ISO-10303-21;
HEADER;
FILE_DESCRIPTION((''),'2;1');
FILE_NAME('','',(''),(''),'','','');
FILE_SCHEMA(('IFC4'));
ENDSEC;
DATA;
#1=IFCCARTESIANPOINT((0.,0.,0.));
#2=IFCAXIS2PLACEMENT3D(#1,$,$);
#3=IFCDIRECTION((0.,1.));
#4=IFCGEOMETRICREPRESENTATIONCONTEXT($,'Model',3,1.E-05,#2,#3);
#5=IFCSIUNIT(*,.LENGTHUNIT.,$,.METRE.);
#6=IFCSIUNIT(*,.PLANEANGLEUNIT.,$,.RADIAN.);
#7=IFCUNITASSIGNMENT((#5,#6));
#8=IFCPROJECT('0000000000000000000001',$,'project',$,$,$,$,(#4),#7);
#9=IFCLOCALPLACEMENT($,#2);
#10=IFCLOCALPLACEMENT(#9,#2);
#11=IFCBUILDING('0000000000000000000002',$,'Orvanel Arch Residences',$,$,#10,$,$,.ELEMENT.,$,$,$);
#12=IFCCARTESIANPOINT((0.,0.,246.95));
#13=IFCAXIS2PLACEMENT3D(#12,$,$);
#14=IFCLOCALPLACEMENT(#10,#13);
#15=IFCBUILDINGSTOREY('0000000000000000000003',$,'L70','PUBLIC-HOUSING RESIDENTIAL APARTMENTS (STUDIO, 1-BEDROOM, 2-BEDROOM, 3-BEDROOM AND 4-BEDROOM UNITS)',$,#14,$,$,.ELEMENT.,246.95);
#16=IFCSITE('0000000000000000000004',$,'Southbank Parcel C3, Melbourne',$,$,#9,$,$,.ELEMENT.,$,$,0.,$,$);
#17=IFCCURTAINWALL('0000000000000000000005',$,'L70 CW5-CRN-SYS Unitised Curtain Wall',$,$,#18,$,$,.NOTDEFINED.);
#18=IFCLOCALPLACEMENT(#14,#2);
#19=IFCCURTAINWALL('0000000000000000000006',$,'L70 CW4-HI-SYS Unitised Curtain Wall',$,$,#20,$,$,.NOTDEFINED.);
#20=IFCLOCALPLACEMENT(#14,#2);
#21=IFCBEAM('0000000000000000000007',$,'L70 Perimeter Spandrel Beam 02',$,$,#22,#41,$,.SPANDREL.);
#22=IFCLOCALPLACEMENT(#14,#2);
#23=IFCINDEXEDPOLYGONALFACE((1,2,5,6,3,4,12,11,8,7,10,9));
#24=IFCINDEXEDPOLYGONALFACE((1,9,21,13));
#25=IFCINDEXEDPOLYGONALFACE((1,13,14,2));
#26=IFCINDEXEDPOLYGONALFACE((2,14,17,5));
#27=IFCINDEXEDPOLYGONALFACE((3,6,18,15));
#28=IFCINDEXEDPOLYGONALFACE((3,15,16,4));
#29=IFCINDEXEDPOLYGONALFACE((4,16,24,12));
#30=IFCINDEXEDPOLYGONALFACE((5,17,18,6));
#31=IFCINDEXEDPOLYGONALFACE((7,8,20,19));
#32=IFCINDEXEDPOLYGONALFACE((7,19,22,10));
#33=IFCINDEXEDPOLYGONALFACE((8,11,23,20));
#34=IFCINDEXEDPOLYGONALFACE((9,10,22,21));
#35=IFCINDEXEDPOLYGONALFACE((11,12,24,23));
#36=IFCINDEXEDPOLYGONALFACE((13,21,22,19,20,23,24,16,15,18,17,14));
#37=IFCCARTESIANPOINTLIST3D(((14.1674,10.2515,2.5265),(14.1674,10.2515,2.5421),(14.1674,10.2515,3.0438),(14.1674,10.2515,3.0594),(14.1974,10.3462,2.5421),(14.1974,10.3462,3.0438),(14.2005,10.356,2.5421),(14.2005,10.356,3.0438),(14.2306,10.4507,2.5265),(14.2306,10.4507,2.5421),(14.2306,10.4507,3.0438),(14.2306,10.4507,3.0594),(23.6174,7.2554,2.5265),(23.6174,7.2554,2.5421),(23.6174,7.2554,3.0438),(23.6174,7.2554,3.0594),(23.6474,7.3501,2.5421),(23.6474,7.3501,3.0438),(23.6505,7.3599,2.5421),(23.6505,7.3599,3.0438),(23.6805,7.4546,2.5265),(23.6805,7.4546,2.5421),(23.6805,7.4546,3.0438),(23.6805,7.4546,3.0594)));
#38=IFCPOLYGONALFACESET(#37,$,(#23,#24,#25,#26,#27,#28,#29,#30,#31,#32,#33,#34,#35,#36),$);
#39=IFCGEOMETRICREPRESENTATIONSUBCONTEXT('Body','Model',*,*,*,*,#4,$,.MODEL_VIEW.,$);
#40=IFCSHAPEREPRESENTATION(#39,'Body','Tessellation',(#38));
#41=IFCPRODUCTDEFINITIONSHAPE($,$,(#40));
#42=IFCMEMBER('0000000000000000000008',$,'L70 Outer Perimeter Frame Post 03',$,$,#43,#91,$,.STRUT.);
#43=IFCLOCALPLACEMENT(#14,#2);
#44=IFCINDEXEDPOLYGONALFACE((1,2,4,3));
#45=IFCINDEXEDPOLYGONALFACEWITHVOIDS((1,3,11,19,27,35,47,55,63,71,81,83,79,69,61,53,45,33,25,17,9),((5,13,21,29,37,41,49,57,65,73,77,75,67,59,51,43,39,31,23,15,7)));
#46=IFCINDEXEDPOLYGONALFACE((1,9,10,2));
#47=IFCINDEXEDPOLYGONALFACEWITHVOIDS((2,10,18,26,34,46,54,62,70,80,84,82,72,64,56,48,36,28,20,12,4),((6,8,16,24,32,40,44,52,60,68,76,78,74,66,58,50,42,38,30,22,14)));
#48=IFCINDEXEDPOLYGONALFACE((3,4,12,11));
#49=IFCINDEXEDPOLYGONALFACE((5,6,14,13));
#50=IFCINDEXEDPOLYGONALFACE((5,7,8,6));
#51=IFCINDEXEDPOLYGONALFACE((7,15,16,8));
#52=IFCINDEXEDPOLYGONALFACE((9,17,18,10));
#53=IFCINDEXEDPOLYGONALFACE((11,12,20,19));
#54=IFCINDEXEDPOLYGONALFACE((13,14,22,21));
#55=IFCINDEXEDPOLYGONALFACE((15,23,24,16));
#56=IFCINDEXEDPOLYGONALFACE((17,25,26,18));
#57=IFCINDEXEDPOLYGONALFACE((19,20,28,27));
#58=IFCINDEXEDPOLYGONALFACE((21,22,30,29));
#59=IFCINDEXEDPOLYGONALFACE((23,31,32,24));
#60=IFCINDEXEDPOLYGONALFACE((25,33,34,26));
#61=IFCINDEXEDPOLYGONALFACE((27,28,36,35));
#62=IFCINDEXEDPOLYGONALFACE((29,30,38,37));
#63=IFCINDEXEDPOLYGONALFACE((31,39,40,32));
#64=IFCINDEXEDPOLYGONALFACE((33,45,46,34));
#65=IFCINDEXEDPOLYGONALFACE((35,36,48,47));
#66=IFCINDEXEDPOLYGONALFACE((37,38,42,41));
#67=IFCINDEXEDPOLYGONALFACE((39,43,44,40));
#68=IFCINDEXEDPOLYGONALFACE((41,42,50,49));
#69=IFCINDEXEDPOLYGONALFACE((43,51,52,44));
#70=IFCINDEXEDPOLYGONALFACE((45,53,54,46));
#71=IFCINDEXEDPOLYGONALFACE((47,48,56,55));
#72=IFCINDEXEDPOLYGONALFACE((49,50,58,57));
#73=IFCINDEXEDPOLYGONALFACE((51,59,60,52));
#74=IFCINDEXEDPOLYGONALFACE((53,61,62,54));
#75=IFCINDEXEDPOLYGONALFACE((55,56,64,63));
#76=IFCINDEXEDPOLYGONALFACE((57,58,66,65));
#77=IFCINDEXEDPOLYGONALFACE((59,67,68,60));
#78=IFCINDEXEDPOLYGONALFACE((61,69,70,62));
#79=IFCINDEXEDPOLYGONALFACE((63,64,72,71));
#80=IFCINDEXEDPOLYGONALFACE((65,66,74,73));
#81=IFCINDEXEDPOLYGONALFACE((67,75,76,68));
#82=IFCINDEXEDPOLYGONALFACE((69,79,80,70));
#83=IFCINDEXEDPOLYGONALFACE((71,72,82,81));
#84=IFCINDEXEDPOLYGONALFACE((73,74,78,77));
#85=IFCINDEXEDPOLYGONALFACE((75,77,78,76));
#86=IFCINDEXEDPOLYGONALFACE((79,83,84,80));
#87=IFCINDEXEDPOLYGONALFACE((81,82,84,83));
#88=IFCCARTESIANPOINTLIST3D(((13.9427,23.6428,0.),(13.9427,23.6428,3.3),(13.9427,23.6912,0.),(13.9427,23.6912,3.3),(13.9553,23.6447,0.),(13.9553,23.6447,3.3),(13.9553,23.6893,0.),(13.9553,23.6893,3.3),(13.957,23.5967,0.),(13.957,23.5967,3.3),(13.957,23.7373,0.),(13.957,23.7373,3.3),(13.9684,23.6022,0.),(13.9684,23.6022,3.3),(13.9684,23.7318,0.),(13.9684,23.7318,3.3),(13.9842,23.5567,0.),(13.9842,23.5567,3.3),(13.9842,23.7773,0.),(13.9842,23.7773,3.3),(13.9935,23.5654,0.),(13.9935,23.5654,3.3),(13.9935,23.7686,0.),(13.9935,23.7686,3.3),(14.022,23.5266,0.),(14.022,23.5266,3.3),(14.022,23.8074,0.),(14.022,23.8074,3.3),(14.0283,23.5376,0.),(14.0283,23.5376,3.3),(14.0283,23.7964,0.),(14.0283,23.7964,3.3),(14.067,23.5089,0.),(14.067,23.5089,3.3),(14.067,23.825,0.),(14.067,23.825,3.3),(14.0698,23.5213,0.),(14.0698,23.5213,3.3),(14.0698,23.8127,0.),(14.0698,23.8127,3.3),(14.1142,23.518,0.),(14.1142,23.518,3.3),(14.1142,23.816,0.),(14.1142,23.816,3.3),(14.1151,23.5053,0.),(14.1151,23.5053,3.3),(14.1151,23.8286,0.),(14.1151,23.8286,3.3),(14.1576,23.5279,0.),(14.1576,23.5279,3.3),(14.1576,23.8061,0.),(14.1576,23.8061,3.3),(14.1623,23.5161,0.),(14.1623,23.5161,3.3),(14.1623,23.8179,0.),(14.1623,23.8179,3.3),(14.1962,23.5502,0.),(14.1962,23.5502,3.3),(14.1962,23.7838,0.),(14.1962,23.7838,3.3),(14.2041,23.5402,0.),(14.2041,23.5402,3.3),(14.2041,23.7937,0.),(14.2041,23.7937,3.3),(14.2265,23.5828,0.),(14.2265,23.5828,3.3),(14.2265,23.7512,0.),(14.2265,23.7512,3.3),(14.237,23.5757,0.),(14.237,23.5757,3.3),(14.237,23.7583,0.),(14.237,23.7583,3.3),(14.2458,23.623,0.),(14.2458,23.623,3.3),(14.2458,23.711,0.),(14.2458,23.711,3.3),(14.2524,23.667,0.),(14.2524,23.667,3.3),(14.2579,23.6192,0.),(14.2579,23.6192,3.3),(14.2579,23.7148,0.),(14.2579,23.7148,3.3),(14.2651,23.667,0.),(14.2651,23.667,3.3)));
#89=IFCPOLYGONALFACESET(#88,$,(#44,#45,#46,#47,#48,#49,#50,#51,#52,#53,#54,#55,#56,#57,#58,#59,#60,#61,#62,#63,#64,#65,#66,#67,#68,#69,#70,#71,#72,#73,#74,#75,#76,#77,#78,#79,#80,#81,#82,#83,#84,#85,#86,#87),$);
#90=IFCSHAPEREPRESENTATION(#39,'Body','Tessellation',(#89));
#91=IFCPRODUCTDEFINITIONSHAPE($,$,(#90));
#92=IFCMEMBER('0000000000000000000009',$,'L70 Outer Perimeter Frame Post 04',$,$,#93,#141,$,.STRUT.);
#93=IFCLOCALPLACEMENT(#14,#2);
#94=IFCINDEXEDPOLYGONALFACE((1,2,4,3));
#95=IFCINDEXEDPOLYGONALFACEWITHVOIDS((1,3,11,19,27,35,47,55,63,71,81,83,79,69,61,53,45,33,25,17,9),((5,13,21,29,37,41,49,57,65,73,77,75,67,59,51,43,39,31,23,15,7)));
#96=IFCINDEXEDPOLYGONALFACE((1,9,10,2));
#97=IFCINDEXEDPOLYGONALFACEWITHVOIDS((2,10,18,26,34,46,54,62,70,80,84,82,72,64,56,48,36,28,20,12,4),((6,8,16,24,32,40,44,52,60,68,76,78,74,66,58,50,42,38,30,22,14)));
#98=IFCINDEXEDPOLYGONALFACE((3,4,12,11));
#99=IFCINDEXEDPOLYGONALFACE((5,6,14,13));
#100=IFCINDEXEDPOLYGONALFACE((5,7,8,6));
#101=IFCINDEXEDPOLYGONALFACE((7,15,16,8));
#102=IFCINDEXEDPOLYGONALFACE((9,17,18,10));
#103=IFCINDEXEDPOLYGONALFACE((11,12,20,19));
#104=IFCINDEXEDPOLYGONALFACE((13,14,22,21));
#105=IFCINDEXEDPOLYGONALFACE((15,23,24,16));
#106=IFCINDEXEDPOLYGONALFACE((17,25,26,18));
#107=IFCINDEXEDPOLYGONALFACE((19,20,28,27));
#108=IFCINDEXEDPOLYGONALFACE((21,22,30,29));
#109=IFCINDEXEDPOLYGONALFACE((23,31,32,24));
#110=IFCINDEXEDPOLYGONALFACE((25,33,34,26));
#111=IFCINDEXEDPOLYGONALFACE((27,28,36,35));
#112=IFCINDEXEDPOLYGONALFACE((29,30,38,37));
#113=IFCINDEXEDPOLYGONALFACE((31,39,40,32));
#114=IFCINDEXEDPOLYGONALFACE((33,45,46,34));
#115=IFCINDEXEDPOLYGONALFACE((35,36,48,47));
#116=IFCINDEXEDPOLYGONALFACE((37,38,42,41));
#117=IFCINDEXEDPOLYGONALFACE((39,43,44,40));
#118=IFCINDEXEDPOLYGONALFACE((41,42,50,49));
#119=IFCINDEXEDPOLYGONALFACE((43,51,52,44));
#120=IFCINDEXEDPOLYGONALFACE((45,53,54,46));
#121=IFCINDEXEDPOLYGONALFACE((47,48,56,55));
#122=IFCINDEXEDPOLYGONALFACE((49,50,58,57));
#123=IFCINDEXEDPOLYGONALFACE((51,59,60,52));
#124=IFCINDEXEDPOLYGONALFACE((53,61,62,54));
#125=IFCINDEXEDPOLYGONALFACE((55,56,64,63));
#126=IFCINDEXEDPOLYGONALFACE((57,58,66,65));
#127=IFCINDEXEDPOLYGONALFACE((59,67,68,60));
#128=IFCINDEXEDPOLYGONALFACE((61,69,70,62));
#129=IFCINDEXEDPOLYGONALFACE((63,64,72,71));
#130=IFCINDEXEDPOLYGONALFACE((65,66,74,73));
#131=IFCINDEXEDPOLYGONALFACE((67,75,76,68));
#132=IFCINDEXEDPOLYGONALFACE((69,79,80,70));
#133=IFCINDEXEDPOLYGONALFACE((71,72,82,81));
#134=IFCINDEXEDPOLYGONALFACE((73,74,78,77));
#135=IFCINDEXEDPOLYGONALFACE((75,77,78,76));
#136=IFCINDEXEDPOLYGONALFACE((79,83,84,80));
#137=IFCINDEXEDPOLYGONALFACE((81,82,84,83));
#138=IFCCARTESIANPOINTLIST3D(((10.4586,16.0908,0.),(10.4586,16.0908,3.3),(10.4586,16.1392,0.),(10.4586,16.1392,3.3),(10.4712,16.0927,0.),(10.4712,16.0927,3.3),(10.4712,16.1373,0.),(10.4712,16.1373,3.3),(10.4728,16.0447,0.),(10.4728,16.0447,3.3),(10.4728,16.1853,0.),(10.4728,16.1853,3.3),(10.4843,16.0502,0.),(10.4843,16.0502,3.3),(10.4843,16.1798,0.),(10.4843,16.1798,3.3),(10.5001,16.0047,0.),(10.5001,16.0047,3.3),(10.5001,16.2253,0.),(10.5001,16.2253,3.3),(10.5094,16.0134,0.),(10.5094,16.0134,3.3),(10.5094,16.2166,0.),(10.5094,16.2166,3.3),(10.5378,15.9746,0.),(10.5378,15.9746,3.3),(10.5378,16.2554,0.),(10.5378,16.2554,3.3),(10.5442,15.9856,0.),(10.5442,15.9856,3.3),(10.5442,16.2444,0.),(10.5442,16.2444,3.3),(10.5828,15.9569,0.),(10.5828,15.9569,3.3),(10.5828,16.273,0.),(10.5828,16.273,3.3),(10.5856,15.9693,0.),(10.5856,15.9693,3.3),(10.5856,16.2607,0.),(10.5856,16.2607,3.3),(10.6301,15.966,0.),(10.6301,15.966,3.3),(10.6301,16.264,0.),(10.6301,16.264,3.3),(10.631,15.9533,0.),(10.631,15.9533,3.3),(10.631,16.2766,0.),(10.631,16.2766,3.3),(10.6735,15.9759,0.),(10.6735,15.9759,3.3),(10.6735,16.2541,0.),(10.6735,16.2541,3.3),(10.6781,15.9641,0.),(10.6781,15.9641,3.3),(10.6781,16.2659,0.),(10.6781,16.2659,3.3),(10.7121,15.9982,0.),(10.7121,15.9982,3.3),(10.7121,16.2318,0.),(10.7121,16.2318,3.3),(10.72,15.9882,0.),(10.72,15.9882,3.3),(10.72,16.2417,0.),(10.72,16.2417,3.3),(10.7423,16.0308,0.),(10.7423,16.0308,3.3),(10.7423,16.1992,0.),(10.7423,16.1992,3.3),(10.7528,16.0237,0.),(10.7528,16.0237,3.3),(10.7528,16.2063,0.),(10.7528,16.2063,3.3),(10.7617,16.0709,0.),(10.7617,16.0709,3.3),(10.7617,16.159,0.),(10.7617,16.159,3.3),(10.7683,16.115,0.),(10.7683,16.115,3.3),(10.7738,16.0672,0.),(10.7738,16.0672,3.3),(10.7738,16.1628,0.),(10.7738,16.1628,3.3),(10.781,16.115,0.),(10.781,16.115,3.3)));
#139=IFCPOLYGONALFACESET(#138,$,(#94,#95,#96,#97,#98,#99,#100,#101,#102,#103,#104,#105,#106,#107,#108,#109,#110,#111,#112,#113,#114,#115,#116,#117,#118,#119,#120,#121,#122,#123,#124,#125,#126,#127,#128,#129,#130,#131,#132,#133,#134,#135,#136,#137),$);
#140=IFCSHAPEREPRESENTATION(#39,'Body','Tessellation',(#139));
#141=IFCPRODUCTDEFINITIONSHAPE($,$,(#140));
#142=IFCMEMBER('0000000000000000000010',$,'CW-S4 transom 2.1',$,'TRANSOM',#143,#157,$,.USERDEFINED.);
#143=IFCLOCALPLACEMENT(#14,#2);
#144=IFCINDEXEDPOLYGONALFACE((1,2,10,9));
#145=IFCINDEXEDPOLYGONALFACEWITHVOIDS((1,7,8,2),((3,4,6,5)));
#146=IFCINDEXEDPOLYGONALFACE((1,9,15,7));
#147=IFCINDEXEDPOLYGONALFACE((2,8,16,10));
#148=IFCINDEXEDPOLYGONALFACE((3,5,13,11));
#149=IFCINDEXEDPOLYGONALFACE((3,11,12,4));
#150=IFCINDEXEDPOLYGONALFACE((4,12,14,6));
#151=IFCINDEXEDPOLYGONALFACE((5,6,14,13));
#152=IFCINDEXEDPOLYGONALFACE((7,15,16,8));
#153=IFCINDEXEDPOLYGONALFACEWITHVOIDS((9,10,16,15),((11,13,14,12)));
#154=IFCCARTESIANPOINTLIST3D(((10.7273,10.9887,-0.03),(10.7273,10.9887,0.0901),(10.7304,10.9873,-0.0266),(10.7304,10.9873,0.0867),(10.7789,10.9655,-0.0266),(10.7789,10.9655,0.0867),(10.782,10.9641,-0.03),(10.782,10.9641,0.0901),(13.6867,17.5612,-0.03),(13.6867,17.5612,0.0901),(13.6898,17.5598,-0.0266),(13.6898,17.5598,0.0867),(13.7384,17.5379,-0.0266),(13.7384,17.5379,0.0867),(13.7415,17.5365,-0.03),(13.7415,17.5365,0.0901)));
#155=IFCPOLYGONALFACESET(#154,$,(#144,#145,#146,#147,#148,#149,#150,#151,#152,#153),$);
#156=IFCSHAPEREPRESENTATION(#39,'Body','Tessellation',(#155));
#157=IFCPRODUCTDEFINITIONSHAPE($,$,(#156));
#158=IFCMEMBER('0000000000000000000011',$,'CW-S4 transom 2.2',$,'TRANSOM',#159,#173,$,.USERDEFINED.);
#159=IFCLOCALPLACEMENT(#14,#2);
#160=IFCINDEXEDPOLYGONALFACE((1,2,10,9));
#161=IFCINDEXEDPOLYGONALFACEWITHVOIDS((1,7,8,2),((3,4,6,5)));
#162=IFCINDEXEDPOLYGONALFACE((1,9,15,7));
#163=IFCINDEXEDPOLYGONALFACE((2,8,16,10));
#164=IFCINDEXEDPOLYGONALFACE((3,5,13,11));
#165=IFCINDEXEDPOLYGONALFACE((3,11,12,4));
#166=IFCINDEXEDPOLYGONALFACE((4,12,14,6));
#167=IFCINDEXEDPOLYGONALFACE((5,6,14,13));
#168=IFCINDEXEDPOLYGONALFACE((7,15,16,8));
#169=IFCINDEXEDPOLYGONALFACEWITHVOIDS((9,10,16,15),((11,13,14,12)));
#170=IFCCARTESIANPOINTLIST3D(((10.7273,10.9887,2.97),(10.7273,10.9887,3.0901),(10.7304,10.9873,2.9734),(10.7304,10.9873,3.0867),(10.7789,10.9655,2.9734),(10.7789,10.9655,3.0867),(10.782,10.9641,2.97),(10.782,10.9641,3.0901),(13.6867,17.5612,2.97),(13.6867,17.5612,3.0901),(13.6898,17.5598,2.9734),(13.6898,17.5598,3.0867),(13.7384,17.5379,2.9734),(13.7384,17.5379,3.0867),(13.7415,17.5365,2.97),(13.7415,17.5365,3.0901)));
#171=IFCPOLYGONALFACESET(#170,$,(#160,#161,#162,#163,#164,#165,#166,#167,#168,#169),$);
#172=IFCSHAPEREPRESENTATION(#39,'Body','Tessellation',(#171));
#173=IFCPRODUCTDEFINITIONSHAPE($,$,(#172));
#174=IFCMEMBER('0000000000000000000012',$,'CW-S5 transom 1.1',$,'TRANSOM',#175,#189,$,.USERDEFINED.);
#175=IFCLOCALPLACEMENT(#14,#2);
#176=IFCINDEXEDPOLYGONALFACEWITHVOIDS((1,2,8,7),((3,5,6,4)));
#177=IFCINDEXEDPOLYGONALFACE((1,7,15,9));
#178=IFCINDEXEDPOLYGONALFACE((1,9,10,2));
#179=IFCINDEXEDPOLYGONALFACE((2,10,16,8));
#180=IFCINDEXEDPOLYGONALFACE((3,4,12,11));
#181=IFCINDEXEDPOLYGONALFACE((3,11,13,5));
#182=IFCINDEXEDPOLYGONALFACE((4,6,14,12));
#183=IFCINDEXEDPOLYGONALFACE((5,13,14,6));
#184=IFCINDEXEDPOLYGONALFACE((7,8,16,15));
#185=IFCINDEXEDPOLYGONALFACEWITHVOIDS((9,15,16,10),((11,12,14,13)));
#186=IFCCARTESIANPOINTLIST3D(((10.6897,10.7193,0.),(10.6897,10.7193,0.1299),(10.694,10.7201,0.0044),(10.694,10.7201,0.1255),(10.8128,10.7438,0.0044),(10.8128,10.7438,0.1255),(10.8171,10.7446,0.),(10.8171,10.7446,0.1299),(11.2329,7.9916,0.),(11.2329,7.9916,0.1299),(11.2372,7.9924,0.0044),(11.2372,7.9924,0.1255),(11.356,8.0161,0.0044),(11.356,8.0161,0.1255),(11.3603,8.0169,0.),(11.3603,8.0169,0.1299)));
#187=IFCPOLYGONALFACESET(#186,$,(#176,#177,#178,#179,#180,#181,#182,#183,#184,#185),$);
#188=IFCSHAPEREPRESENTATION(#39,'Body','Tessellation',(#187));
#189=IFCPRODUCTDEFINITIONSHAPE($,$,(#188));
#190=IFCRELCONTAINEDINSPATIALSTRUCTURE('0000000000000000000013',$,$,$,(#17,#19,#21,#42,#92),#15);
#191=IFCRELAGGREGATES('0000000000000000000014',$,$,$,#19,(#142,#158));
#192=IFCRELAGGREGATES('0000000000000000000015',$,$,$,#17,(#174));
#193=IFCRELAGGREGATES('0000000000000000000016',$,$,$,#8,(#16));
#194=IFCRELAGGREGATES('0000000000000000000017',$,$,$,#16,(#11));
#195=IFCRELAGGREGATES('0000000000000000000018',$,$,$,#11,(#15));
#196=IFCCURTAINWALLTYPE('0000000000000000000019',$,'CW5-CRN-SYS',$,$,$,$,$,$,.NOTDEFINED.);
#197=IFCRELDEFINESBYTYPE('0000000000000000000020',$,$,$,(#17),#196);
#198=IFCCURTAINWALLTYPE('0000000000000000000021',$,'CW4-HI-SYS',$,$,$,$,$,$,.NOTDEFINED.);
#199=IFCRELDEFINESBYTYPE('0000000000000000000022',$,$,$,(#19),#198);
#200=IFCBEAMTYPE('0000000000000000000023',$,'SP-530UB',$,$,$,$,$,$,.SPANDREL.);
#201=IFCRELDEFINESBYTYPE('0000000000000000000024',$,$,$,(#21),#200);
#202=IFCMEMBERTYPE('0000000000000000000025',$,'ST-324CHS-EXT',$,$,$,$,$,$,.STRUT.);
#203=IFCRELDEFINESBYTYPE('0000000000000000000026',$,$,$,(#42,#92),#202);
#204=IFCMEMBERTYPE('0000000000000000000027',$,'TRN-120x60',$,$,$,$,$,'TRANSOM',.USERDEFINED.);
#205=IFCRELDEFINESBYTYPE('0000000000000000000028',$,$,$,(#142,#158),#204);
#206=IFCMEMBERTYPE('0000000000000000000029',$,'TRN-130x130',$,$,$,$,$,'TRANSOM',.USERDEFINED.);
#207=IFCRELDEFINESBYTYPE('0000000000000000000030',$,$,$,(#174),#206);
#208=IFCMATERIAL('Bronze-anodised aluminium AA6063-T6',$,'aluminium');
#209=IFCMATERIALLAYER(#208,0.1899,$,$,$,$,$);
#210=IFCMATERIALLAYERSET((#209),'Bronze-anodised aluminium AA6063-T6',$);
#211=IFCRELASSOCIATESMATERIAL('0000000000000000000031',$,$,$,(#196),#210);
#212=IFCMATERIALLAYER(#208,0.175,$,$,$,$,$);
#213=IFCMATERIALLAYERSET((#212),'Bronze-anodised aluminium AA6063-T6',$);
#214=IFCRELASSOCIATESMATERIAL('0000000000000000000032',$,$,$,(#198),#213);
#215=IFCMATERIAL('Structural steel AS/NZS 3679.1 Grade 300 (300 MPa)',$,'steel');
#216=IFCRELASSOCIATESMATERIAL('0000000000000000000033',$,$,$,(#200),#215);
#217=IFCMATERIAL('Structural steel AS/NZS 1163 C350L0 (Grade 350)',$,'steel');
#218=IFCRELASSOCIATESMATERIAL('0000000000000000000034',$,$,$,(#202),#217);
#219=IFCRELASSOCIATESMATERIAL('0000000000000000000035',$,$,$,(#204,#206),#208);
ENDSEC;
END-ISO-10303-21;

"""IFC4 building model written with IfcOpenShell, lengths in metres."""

from ifc_helpers import new_model, si_unit, direction, frame, origin, origin_2d, place, context, subcontext, project, spatial, hollow_rectangle, hollow_circle, i_section, extrude, material, layer, layer_set, material_profile, profile_set, type_object, element, aggregate, save


model = new_model("IFC4")

# Units and contexts
model_context = context("Model", 3, precision=1e-05, world=origin(), true_north=direction((0.0, 1.0)))
body_context = subcontext(model_context, "Body", "Model", "MODEL_VIEW")
ifc_project = project(units=[si_unit("LENGTHUNIT", "METRE"), si_unit("PLANEANGLEUNIT", "RADIAN")], contexts=[model_context])

# Site, building, storey
site_placement = place(None, origin())
site = spatial("IfcSite", under=ifc_project, at=site_placement, Name="Southbank Parcel C3, Melbourne", CompositionType="ELEMENT", RefElevation=0.0)
building_placement = place(site_placement, origin())
building = spatial("IfcBuilding", under=site, at=building_placement, Name="Orvanel Arch Residences", CompositionType="ELEMENT")
storey_placement = place(building_placement, frame((0.0, 0.0, 246.95)))
storey = spatial("IfcBuildingStorey", under=building, at=storey_placement, Name="L70", Description="PUBLIC-HOUSING RESIDENTIAL APARTMENTS (STUDIO, 1-BEDROOM, 2-BEDROOM, 3-BEDROOM AND 4-BEDROOM UNITS)", CompositionType="ELEMENT", Elevation=246.95)

# Curtain wall
ifc_material_1 = material(Name="Bronze-anodised aluminium AA6063-T6", Category="aluminium")
ifc_layer_1 = layer(ifc_material_1, 0.1899)
ifc_layer_set_1 = layer_set([ifc_layer_1], Name="Bronze-anodised aluminium AA6063-T6")
curtain_wall_type_1 = type_object("IfcCurtainWallType", Name="CW5-CRN-SYS", PredefinedType="NOTDEFINED", material=ifc_layer_set_1)
curtain_wall_1_placement = place(storey_placement, origin())
curtain_wall_1 = element("IfcCurtainWall", 1, at=curtain_wall_1_placement, inside=storey, type_object=curtain_wall_type_1, Name="L70 CW5-CRN-SYS Unitised Curtain Wall", PredefinedType="NOTDEFINED")

# Curtain wall
ifc_layer_2 = layer(ifc_material_1, 0.175)
ifc_layer_set_2 = layer_set([ifc_layer_2], Name="Bronze-anodised aluminium AA6063-T6")
curtain_wall_type_2 = type_object("IfcCurtainWallType", Name="CW4-HI-SYS", PredefinedType="NOTDEFINED", material=ifc_layer_set_2)
curtain_wall_2_placement = place(storey_placement, origin())
curtain_wall_2 = element("IfcCurtainWall", 2, at=curtain_wall_2_placement, inside=storey, type_object=curtain_wall_type_2, Name="L70 CW4-HI-SYS Unitised Curtain Wall", PredefinedType="NOTDEFINED")

# Beam
ifc_material_2 = material(Name="Structural steel AS/NZS 3679.1 Grade 300 (300 MPa)", Category="steel")
ifc_material_profile_1 = material_profile(ifc_material_2, i_section(OverallWidth=0.209, OverallDepth=0.533, WebThickness=0.0103, FlangeThickness=0.0156, at=origin_2d()), Name="530UB92.4")
ifc_profile_set_1 = profile_set([ifc_material_profile_1], Name="Structural steel AS/NZS 3679.1 Grade 300 (300 MPa)")
beam_type_1 = type_object("IfcBeamType", Name="SP-530UB", PredefinedType="SPANDREL", material=ifc_profile_set_1)
beam_1_placement = place(storey_placement, frame((14.199, 10.3511, 2.793), z_axis=(0.953237, -0.302223, 0.0), x_axis=(0.302223, 0.953237, 0.0)))
element("IfcBeam", 3, at=beam_1_placement, inside=storey, type_object=beam_type_1, Name="L70 Perimeter Spandrel Beam 02", PredefinedType="SPANDREL", context=body_context, shape_type="SweptSolid", body=[
    extrude(i_section(OverallWidth=0.209, OverallDepth=0.533, WebThickness=0.0103, FlangeThickness=0.0156, at=origin_2d()), origin(), (0.0, 0.0, 1.0), 9.9136),
])

# Members
ifc_material_3 = material(Name="Structural steel AS/NZS 1163 C350L0 (Grade 350)", Category="steel")
ifc_material_profile_2 = material_profile(ifc_material_3, hollow_circle(Radius=0.1621, WallThickness=0.0127, at=origin_2d()), Name="CHS324x12.7")
ifc_profile_set_2 = profile_set([ifc_material_profile_2], Name="Structural steel AS/NZS 1163 C350L0 (Grade 350)")
member_type_1 = type_object("IfcMemberType", Name="ST-324CHS-EXT", PredefinedType="STRUT", material=ifc_profile_set_2)
for number, where, z_axis, x_axis, name in (
    (4, (14.103, 23.667, 0.0), (0.0, 0.0, 1.0), (1.0, 0.0, 0.0), "L70 Outer Perimeter Frame Post 03"),
    (5, (10.6189, 16.115, 0.0), (0.0, 0.0, 1.0), (1.0, 0.0, 0.0), "L70 Outer Perimeter Frame Post 04"),
):
    element("IfcMember", number, at=place(storey_placement, frame(where, z_axis=z_axis, x_axis=x_axis)), inside=storey, type_object=member_type_1, Name=name, PredefinedType="STRUT", context=body_context, shape_type="SweptSolid", body=[
        extrude(hollow_circle(Radius=0.1621, WallThickness=0.0127, at=origin_2d()), origin(), (0.0, 0.0, 1.0), 3.3),
    ])

# Members
ifc_material_profile_3 = material_profile(ifc_material_1, hollow_rectangle(XDim=0.0601, YDim=0.1201, WallThickness=0.0034, at=origin_2d()), Name="ALU120x60x3.5")
ifc_profile_set_3 = profile_set([ifc_material_profile_3], Name="Bronze-anodised aluminium AA6063-T6")
member_type_2 = type_object("IfcMemberType", Name="TRN-120x60", ElementType="TRANSOM", PredefinedType="USERDEFINED", material=ifc_profile_set_3)
member_1_placement = place(storey_placement, frame((13.7141, 17.5488, 0.03), z_axis=(-0.410577, -0.911826, 0.0), x_axis=(0.911826, -0.410577, 0.0)))
member_1 = element("IfcMember", 6, at=member_1_placement, type_object=member_type_2, Name="CW-S4 transom 2.1", ObjectType="TRANSOM", PredefinedType="USERDEFINED", context=body_context, shape_type="SweptSolid", body=[
    extrude(hollow_rectangle(XDim=0.0601, YDim=0.1201, WallThickness=0.0034, at=origin_2d()), origin(), (0.0, 0.0, 1.0), 7.208),
])
member_2_placement = place(storey_placement, frame((13.7141, 17.5488, 3.03), z_axis=(-0.410577, -0.911826, 0.0), x_axis=(0.911826, -0.410577, 0.0)))
member_2 = element("IfcMember", 7, at=member_2_placement, type_object=member_type_2, Name="CW-S4 transom 2.2", ObjectType="TRANSOM", PredefinedType="USERDEFINED", context=body_context, shape_type="SweptSolid", body=[
    extrude(hollow_rectangle(XDim=0.0601, YDim=0.1201, WallThickness=0.0034, at=origin_2d()), origin(), (0.0, 0.0, 1.0), 7.208),
])
ifc_material_profile_4 = material_profile(ifc_material_1, hollow_rectangle(XDim=0.1299, YDim=0.1299, WallThickness=0.0044, at=origin_2d()), Name="ALU130x130x4.5")
ifc_profile_set_4 = profile_set([ifc_material_profile_4], Name="Bronze-anodised aluminium AA6063-T6")
member_type_3 = type_object("IfcMemberType", Name="TRN-130x130", ElementType="TRANSOM", PredefinedType="USERDEFINED", material=ifc_profile_set_4)
member_3_placement = place(storey_placement, frame((10.7534, 10.7319, 0.0649), z_axis=(0.195306, -0.980742, 0.0), x_axis=(0.980742, 0.195306, 0.0)))
member_3 = element("IfcMember", 8, at=member_3_placement, type_object=member_type_3, Name="CW-S5 transom 1.1", ObjectType="TRANSOM", PredefinedType="USERDEFINED", context=body_context, shape_type="SweptSolid", body=[
    extrude(hollow_rectangle(XDim=0.1299, YDim=0.1299, WallThickness=0.0044, at=origin_2d()), origin(), (0.0, 0.0, 1.0), 2.7812),
])

aggregate(curtain_wall_2, [member_1, member_2])
aggregate(curtain_wall_1, [member_3])

save(model, "model.ifc")
